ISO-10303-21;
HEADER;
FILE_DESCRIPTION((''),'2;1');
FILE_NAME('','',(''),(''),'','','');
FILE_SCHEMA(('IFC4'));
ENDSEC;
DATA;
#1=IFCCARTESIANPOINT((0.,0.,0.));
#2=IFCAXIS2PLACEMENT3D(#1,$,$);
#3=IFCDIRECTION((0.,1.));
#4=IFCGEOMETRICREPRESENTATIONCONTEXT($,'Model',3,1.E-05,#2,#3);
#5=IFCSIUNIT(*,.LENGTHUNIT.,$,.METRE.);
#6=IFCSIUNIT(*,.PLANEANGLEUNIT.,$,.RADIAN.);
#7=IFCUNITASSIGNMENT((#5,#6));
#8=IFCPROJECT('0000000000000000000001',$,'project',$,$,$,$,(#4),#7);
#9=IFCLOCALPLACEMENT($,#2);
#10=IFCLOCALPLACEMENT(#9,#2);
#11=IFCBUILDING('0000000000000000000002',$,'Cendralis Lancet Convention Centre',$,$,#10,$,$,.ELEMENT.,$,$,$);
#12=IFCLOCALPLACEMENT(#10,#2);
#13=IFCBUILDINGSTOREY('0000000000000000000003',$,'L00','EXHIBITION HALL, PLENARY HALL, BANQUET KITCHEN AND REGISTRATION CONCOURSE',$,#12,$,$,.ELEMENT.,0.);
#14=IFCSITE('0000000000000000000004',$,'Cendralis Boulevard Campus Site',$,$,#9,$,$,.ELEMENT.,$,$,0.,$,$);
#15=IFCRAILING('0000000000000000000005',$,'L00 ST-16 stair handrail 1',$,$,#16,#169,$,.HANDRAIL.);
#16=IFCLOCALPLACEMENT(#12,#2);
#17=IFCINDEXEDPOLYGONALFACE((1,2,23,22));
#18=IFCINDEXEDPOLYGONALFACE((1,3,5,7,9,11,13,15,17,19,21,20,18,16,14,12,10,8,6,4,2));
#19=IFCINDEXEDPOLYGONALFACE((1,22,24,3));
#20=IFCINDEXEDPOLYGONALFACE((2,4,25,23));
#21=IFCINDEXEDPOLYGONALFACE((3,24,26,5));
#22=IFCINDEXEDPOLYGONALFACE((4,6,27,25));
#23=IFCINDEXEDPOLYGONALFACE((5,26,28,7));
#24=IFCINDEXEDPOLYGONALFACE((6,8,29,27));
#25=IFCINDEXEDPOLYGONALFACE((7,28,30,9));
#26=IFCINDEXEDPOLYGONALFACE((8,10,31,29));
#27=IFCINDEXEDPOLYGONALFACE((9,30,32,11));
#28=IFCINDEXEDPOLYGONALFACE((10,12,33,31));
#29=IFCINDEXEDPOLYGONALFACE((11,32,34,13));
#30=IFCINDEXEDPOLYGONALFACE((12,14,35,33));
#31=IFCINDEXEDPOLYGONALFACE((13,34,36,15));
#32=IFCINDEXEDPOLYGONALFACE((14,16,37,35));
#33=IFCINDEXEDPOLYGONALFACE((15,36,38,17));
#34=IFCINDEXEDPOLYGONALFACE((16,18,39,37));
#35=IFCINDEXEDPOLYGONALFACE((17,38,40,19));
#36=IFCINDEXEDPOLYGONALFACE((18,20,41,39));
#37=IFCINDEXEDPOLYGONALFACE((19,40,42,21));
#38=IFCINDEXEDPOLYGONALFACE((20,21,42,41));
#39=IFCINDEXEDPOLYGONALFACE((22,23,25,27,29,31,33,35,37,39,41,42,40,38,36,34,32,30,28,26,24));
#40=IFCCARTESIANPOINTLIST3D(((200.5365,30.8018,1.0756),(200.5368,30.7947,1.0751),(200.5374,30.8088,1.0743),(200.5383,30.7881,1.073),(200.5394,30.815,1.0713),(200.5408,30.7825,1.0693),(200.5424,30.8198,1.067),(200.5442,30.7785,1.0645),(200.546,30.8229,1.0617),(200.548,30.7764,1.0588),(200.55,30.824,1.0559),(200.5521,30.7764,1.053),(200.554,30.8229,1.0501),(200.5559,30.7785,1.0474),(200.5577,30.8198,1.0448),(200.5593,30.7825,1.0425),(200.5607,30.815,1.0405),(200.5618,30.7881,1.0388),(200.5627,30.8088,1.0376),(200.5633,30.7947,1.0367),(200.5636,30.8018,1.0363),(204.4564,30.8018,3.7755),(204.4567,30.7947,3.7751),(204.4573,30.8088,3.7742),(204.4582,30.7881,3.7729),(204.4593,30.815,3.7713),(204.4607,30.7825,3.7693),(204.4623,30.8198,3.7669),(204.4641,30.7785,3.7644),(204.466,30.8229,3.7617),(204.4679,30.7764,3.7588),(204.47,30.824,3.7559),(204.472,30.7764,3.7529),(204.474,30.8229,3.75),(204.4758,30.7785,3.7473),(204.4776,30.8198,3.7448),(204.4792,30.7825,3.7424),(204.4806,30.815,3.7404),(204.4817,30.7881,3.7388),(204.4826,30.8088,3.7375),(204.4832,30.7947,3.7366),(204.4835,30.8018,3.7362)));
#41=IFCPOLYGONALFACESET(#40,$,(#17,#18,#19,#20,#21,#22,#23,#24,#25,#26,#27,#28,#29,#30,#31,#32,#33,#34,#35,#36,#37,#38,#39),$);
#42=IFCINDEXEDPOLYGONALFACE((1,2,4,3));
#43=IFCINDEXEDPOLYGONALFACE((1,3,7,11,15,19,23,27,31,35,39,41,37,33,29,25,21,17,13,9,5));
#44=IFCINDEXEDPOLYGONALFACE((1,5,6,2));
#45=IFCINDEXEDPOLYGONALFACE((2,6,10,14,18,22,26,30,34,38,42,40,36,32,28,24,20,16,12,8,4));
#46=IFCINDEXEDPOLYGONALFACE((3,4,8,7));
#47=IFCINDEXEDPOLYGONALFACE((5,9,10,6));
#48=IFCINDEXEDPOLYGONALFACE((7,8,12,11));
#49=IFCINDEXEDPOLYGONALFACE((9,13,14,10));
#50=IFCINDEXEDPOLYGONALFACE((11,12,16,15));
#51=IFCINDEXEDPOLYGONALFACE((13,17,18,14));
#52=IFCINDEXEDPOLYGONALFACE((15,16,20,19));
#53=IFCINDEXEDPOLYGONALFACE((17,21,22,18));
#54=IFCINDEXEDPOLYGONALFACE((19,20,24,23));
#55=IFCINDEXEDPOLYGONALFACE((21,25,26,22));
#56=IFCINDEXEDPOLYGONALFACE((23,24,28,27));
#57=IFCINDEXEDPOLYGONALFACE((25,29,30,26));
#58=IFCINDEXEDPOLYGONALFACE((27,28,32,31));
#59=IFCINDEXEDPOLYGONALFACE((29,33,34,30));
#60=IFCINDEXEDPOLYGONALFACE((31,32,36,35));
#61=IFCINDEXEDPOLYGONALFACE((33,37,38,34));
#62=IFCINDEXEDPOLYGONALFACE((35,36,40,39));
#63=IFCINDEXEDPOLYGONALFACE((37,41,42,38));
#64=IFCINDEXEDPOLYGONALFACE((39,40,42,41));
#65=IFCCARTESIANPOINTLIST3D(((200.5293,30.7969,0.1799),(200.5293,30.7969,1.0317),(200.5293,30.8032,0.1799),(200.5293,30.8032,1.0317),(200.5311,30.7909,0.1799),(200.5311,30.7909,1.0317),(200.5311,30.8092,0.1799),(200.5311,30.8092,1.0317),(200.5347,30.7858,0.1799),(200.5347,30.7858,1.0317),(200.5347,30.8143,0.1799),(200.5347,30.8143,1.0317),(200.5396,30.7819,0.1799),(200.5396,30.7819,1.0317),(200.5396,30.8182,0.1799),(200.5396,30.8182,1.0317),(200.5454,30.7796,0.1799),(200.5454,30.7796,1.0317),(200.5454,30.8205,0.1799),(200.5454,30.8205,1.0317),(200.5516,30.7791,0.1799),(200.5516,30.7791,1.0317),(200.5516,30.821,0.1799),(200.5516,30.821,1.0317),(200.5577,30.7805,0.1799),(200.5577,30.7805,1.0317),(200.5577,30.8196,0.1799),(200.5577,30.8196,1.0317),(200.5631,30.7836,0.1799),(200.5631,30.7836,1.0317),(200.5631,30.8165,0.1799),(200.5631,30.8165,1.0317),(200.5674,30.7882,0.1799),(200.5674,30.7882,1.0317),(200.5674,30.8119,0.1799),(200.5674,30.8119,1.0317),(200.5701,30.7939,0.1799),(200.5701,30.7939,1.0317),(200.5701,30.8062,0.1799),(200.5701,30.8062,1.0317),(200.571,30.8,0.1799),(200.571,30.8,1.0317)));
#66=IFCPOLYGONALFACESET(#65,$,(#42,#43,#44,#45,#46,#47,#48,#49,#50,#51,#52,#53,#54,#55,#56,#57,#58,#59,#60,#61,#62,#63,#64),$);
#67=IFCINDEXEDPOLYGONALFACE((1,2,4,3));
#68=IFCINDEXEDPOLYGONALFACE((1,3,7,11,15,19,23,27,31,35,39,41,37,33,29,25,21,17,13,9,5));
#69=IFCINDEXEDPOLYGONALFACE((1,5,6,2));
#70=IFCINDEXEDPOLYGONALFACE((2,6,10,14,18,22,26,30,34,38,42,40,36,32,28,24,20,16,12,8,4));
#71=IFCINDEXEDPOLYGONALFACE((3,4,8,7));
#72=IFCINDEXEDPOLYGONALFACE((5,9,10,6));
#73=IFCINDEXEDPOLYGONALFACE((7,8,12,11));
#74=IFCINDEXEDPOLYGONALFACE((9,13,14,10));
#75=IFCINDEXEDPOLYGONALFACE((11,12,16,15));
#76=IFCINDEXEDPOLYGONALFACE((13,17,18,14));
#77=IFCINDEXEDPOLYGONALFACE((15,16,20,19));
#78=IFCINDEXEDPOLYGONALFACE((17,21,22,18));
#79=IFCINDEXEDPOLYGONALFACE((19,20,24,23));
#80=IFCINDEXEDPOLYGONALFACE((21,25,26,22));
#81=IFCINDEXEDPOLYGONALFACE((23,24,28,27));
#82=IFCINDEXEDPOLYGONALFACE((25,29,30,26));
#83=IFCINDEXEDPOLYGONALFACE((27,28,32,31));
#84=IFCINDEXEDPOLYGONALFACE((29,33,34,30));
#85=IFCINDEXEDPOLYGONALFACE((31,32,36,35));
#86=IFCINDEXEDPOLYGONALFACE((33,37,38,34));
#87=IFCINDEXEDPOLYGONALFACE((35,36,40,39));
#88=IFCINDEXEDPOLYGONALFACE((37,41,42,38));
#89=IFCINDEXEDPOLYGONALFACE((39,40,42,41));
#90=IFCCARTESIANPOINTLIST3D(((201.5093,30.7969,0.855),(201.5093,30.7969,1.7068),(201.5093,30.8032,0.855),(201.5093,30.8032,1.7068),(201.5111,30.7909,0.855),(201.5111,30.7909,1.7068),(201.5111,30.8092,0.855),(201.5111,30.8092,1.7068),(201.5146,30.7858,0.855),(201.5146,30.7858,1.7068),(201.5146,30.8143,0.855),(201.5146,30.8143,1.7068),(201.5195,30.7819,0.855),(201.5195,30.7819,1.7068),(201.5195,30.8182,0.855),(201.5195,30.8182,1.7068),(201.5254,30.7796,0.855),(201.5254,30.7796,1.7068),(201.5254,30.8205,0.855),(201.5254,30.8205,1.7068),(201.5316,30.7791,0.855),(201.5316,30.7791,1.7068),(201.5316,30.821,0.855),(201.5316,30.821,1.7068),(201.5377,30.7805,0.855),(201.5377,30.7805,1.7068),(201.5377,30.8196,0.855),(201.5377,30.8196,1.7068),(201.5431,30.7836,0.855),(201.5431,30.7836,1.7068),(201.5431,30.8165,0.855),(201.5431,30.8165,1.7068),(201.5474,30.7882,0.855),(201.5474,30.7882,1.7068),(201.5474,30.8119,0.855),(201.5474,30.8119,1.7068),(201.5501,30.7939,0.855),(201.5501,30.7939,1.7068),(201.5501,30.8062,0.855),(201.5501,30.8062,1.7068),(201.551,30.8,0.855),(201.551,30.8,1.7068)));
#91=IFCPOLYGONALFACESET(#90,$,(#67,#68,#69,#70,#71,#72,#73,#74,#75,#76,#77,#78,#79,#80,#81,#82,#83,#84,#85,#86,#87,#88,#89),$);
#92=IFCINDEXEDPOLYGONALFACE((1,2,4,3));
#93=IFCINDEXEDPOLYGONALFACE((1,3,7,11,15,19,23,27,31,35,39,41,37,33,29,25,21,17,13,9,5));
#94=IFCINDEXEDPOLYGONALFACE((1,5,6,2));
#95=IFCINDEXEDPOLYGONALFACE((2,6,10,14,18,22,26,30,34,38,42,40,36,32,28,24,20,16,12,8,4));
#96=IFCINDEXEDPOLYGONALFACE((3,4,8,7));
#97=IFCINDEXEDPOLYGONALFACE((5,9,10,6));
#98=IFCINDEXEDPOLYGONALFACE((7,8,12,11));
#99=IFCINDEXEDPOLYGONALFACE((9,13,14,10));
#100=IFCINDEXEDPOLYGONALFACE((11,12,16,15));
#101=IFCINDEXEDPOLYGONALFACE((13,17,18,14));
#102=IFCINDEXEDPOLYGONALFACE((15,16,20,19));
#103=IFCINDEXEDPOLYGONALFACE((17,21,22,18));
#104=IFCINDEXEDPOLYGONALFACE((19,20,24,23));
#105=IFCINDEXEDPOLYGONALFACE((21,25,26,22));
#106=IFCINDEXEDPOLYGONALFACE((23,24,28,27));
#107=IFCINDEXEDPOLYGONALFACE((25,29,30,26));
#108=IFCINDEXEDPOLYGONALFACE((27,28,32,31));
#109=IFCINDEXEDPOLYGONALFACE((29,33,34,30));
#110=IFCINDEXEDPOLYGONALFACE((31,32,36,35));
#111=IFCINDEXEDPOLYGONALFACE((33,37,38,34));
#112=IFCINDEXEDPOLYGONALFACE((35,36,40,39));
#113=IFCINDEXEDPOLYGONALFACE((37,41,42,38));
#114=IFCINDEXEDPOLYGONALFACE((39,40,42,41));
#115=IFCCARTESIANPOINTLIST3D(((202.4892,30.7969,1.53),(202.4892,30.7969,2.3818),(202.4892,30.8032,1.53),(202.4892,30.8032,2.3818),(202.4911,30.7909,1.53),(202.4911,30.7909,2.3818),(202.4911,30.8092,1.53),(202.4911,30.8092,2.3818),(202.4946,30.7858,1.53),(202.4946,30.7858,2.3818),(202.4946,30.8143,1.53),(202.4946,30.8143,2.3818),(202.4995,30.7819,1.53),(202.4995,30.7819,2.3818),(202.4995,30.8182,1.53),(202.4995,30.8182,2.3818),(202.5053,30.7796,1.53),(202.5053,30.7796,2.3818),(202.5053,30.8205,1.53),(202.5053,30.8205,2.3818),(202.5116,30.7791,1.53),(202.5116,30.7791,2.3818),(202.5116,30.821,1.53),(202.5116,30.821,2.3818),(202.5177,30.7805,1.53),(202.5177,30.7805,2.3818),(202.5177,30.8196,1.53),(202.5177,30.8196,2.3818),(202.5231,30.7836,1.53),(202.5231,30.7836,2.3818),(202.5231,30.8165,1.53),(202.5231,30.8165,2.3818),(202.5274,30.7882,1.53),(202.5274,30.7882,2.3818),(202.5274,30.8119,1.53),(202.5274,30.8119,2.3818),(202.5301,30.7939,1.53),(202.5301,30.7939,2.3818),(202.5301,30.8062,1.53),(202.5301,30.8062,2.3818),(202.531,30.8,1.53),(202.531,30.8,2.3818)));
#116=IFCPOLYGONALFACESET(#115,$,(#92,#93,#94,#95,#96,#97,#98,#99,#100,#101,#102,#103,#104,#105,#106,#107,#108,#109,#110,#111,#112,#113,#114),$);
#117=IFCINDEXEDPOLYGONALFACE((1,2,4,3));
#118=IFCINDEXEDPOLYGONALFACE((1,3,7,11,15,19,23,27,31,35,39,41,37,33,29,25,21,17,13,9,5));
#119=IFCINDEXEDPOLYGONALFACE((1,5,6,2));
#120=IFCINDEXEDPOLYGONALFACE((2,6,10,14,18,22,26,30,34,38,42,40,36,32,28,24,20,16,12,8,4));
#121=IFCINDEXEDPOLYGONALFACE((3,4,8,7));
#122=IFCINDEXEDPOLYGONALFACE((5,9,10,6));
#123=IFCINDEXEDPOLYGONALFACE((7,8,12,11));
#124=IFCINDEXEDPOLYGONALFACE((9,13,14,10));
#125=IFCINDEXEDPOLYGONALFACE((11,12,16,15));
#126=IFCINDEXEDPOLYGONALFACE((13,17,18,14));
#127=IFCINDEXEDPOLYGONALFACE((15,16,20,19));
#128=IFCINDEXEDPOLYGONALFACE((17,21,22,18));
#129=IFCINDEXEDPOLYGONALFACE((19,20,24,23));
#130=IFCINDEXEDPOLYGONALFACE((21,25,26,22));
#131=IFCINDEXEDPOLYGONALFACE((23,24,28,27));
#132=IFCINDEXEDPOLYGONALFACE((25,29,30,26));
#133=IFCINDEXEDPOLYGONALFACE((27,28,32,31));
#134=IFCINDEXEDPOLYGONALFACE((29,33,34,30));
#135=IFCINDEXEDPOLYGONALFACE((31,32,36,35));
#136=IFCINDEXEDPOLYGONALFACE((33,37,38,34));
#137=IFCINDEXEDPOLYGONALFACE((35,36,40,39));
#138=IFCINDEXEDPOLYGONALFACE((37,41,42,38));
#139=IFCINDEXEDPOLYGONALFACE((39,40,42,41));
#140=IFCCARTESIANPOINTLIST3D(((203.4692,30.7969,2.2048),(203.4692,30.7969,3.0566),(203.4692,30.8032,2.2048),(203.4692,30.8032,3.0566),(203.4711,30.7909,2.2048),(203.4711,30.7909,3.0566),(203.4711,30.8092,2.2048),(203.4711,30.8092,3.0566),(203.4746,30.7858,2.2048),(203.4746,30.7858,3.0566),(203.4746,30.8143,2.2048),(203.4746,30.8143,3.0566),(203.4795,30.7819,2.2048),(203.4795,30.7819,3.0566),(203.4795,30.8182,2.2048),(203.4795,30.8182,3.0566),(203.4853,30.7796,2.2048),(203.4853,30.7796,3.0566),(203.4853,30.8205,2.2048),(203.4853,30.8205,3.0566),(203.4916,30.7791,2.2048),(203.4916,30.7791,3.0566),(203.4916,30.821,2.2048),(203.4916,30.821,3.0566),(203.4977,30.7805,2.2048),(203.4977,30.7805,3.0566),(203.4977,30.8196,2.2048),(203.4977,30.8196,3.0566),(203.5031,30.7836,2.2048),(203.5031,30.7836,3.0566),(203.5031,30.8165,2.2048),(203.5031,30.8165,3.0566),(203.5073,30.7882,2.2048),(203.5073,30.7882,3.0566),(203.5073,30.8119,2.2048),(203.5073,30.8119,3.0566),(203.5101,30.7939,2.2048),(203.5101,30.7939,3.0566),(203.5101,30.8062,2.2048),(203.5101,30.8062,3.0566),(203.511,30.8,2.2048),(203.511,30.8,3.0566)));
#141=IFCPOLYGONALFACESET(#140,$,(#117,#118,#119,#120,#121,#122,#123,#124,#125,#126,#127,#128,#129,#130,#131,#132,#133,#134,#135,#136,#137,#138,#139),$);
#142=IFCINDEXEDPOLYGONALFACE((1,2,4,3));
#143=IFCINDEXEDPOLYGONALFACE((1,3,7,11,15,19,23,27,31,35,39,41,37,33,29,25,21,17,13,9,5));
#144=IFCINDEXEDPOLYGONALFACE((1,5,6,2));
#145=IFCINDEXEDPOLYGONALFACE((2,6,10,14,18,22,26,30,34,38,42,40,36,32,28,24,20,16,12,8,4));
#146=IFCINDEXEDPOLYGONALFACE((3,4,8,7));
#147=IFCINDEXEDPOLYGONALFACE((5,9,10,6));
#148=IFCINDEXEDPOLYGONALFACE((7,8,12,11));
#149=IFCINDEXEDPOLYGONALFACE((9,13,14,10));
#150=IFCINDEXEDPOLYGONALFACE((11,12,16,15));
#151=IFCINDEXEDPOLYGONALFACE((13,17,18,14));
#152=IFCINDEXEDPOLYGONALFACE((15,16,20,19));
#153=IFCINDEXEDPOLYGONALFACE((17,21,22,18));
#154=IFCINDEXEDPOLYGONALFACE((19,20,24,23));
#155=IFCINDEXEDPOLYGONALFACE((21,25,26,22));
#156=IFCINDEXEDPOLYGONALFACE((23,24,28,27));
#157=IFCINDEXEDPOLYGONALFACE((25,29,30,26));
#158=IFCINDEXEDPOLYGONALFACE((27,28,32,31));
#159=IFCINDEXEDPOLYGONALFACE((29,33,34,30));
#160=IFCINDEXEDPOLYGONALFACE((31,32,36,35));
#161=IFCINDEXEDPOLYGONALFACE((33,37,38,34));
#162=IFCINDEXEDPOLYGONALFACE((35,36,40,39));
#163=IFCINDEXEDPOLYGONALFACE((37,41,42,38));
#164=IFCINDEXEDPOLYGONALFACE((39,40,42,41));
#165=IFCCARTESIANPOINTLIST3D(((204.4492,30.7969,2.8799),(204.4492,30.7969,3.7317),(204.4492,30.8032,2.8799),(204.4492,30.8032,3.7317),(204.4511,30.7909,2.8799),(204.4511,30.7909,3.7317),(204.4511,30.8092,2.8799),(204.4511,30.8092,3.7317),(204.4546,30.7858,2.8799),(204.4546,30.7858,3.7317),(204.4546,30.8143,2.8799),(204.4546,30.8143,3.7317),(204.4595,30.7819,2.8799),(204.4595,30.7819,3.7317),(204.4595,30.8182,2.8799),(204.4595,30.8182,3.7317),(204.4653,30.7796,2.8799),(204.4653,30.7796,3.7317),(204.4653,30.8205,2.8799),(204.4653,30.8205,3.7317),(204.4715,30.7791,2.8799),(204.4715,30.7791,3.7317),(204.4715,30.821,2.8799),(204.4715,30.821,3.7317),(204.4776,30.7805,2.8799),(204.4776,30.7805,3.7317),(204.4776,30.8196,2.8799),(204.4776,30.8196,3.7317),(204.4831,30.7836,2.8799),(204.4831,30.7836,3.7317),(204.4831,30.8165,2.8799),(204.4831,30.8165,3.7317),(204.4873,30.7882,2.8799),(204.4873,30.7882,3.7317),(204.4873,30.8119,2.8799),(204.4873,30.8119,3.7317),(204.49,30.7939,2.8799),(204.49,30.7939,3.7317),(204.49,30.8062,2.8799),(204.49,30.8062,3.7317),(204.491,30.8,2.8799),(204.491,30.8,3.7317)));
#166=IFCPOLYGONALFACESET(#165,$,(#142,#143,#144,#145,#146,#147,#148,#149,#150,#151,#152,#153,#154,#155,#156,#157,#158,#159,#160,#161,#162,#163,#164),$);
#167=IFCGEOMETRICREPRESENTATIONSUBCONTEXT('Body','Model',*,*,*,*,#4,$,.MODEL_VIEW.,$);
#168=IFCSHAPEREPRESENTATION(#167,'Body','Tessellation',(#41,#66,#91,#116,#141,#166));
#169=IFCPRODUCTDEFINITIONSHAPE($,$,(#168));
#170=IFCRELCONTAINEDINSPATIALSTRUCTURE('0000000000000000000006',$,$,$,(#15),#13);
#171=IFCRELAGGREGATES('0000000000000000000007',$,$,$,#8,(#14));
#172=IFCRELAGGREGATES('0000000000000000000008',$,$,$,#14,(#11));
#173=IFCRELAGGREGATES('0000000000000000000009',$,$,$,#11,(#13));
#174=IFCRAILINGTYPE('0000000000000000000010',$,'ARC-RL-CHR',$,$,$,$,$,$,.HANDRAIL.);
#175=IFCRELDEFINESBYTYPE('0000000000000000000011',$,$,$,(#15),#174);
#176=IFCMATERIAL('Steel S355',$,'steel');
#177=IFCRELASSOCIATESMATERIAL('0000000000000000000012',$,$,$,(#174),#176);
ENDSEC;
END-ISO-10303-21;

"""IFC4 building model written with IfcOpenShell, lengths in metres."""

from ifc_helpers import new_model, si_unit, direction, frame, origin, origin_2d, place, context, subcontext, project, spatial, circle, extrude, material, type_object, element, save


model = new_model("IFC4")

# Units and contexts
model_context = context("Model", 3, precision=1e-05, world=origin(), true_north=direction((0.0, 1.0)))
body_context = subcontext(model_context, "Body", "Model", "MODEL_VIEW")
ifc_project = project(units=[si_unit("LENGTHUNIT", "METRE"), si_unit("PLANEANGLEUNIT", "RADIAN")], contexts=[model_context])

# Site, building, storey
site_placement = place(None, origin())
site = spatial("IfcSite", under=ifc_project, at=site_placement, Name="Cendralis Boulevard Campus Site", CompositionType="ELEMENT", RefElevation=0.0)
building_placement = place(site_placement, origin())
building = spatial("IfcBuilding", under=site, at=building_placement, Name="Cendralis Lancet Convention Centre", CompositionType="ELEMENT")
storey_placement = place(building_placement, origin())
storey = spatial("IfcBuildingStorey", under=building, at=storey_placement, Name="L00", Description="EXHIBITION HALL, PLENARY HALL, BANQUET KITCHEN AND REGISTRATION CONCOURSE", CompositionType="ELEMENT", Elevation=0.0)

# Shared definitions
ifc_material_1 = material(Name="Steel S355", Category="steel")

# Railing
railing_type_1 = type_object("IfcRailingType", Name="ARC-RL-CHR", PredefinedType="HANDRAIL", material=ifc_material_1)
railing_1_placement = place(storey_placement, frame((200.55, 30.8, 0.1799)))
element("IfcRailing", 1, at=railing_1_placement, inside=storey, type_object=railing_type_1, Name="L00 ST-16 stair handrail 1", PredefinedType="HANDRAIL", context=body_context, shape_type="SweptSolid", body=[
    extrude(circle(Radius=0.0239, at=origin_2d()), frame((0.0, 0.0, 0.876), z_axis=(0.823551, 0.0, 0.567243), x_axis=(0.0, 1.0, 0.0)), (0.0, 0.0, 1.0), 4.7598),
    extrude(circle(Radius=0.021, at=origin_2d()), origin(), (0.0, 0.0, 1.0), 0.8518),
    extrude(circle(Radius=0.021, at=origin_2d()), frame((0.98, 0.0, 0.675)), (0.0, 0.0, 1.0), 0.8518),
    extrude(circle(Radius=0.021, at=origin_2d()), frame((1.96, 0.0, 1.3501)), (0.0, 0.0, 1.0), 0.8518),
    extrude(circle(Radius=0.021, at=origin_2d()), frame((2.9399, 0.0, 2.0249)), (0.0, 0.0, 1.0), 0.8518),
    extrude(circle(Radius=0.021, at=origin_2d()), frame((3.9199, 0.0, 2.7)), (0.0, 0.0, 1.0), 0.8518),
])

save(model, "model.ifc")
